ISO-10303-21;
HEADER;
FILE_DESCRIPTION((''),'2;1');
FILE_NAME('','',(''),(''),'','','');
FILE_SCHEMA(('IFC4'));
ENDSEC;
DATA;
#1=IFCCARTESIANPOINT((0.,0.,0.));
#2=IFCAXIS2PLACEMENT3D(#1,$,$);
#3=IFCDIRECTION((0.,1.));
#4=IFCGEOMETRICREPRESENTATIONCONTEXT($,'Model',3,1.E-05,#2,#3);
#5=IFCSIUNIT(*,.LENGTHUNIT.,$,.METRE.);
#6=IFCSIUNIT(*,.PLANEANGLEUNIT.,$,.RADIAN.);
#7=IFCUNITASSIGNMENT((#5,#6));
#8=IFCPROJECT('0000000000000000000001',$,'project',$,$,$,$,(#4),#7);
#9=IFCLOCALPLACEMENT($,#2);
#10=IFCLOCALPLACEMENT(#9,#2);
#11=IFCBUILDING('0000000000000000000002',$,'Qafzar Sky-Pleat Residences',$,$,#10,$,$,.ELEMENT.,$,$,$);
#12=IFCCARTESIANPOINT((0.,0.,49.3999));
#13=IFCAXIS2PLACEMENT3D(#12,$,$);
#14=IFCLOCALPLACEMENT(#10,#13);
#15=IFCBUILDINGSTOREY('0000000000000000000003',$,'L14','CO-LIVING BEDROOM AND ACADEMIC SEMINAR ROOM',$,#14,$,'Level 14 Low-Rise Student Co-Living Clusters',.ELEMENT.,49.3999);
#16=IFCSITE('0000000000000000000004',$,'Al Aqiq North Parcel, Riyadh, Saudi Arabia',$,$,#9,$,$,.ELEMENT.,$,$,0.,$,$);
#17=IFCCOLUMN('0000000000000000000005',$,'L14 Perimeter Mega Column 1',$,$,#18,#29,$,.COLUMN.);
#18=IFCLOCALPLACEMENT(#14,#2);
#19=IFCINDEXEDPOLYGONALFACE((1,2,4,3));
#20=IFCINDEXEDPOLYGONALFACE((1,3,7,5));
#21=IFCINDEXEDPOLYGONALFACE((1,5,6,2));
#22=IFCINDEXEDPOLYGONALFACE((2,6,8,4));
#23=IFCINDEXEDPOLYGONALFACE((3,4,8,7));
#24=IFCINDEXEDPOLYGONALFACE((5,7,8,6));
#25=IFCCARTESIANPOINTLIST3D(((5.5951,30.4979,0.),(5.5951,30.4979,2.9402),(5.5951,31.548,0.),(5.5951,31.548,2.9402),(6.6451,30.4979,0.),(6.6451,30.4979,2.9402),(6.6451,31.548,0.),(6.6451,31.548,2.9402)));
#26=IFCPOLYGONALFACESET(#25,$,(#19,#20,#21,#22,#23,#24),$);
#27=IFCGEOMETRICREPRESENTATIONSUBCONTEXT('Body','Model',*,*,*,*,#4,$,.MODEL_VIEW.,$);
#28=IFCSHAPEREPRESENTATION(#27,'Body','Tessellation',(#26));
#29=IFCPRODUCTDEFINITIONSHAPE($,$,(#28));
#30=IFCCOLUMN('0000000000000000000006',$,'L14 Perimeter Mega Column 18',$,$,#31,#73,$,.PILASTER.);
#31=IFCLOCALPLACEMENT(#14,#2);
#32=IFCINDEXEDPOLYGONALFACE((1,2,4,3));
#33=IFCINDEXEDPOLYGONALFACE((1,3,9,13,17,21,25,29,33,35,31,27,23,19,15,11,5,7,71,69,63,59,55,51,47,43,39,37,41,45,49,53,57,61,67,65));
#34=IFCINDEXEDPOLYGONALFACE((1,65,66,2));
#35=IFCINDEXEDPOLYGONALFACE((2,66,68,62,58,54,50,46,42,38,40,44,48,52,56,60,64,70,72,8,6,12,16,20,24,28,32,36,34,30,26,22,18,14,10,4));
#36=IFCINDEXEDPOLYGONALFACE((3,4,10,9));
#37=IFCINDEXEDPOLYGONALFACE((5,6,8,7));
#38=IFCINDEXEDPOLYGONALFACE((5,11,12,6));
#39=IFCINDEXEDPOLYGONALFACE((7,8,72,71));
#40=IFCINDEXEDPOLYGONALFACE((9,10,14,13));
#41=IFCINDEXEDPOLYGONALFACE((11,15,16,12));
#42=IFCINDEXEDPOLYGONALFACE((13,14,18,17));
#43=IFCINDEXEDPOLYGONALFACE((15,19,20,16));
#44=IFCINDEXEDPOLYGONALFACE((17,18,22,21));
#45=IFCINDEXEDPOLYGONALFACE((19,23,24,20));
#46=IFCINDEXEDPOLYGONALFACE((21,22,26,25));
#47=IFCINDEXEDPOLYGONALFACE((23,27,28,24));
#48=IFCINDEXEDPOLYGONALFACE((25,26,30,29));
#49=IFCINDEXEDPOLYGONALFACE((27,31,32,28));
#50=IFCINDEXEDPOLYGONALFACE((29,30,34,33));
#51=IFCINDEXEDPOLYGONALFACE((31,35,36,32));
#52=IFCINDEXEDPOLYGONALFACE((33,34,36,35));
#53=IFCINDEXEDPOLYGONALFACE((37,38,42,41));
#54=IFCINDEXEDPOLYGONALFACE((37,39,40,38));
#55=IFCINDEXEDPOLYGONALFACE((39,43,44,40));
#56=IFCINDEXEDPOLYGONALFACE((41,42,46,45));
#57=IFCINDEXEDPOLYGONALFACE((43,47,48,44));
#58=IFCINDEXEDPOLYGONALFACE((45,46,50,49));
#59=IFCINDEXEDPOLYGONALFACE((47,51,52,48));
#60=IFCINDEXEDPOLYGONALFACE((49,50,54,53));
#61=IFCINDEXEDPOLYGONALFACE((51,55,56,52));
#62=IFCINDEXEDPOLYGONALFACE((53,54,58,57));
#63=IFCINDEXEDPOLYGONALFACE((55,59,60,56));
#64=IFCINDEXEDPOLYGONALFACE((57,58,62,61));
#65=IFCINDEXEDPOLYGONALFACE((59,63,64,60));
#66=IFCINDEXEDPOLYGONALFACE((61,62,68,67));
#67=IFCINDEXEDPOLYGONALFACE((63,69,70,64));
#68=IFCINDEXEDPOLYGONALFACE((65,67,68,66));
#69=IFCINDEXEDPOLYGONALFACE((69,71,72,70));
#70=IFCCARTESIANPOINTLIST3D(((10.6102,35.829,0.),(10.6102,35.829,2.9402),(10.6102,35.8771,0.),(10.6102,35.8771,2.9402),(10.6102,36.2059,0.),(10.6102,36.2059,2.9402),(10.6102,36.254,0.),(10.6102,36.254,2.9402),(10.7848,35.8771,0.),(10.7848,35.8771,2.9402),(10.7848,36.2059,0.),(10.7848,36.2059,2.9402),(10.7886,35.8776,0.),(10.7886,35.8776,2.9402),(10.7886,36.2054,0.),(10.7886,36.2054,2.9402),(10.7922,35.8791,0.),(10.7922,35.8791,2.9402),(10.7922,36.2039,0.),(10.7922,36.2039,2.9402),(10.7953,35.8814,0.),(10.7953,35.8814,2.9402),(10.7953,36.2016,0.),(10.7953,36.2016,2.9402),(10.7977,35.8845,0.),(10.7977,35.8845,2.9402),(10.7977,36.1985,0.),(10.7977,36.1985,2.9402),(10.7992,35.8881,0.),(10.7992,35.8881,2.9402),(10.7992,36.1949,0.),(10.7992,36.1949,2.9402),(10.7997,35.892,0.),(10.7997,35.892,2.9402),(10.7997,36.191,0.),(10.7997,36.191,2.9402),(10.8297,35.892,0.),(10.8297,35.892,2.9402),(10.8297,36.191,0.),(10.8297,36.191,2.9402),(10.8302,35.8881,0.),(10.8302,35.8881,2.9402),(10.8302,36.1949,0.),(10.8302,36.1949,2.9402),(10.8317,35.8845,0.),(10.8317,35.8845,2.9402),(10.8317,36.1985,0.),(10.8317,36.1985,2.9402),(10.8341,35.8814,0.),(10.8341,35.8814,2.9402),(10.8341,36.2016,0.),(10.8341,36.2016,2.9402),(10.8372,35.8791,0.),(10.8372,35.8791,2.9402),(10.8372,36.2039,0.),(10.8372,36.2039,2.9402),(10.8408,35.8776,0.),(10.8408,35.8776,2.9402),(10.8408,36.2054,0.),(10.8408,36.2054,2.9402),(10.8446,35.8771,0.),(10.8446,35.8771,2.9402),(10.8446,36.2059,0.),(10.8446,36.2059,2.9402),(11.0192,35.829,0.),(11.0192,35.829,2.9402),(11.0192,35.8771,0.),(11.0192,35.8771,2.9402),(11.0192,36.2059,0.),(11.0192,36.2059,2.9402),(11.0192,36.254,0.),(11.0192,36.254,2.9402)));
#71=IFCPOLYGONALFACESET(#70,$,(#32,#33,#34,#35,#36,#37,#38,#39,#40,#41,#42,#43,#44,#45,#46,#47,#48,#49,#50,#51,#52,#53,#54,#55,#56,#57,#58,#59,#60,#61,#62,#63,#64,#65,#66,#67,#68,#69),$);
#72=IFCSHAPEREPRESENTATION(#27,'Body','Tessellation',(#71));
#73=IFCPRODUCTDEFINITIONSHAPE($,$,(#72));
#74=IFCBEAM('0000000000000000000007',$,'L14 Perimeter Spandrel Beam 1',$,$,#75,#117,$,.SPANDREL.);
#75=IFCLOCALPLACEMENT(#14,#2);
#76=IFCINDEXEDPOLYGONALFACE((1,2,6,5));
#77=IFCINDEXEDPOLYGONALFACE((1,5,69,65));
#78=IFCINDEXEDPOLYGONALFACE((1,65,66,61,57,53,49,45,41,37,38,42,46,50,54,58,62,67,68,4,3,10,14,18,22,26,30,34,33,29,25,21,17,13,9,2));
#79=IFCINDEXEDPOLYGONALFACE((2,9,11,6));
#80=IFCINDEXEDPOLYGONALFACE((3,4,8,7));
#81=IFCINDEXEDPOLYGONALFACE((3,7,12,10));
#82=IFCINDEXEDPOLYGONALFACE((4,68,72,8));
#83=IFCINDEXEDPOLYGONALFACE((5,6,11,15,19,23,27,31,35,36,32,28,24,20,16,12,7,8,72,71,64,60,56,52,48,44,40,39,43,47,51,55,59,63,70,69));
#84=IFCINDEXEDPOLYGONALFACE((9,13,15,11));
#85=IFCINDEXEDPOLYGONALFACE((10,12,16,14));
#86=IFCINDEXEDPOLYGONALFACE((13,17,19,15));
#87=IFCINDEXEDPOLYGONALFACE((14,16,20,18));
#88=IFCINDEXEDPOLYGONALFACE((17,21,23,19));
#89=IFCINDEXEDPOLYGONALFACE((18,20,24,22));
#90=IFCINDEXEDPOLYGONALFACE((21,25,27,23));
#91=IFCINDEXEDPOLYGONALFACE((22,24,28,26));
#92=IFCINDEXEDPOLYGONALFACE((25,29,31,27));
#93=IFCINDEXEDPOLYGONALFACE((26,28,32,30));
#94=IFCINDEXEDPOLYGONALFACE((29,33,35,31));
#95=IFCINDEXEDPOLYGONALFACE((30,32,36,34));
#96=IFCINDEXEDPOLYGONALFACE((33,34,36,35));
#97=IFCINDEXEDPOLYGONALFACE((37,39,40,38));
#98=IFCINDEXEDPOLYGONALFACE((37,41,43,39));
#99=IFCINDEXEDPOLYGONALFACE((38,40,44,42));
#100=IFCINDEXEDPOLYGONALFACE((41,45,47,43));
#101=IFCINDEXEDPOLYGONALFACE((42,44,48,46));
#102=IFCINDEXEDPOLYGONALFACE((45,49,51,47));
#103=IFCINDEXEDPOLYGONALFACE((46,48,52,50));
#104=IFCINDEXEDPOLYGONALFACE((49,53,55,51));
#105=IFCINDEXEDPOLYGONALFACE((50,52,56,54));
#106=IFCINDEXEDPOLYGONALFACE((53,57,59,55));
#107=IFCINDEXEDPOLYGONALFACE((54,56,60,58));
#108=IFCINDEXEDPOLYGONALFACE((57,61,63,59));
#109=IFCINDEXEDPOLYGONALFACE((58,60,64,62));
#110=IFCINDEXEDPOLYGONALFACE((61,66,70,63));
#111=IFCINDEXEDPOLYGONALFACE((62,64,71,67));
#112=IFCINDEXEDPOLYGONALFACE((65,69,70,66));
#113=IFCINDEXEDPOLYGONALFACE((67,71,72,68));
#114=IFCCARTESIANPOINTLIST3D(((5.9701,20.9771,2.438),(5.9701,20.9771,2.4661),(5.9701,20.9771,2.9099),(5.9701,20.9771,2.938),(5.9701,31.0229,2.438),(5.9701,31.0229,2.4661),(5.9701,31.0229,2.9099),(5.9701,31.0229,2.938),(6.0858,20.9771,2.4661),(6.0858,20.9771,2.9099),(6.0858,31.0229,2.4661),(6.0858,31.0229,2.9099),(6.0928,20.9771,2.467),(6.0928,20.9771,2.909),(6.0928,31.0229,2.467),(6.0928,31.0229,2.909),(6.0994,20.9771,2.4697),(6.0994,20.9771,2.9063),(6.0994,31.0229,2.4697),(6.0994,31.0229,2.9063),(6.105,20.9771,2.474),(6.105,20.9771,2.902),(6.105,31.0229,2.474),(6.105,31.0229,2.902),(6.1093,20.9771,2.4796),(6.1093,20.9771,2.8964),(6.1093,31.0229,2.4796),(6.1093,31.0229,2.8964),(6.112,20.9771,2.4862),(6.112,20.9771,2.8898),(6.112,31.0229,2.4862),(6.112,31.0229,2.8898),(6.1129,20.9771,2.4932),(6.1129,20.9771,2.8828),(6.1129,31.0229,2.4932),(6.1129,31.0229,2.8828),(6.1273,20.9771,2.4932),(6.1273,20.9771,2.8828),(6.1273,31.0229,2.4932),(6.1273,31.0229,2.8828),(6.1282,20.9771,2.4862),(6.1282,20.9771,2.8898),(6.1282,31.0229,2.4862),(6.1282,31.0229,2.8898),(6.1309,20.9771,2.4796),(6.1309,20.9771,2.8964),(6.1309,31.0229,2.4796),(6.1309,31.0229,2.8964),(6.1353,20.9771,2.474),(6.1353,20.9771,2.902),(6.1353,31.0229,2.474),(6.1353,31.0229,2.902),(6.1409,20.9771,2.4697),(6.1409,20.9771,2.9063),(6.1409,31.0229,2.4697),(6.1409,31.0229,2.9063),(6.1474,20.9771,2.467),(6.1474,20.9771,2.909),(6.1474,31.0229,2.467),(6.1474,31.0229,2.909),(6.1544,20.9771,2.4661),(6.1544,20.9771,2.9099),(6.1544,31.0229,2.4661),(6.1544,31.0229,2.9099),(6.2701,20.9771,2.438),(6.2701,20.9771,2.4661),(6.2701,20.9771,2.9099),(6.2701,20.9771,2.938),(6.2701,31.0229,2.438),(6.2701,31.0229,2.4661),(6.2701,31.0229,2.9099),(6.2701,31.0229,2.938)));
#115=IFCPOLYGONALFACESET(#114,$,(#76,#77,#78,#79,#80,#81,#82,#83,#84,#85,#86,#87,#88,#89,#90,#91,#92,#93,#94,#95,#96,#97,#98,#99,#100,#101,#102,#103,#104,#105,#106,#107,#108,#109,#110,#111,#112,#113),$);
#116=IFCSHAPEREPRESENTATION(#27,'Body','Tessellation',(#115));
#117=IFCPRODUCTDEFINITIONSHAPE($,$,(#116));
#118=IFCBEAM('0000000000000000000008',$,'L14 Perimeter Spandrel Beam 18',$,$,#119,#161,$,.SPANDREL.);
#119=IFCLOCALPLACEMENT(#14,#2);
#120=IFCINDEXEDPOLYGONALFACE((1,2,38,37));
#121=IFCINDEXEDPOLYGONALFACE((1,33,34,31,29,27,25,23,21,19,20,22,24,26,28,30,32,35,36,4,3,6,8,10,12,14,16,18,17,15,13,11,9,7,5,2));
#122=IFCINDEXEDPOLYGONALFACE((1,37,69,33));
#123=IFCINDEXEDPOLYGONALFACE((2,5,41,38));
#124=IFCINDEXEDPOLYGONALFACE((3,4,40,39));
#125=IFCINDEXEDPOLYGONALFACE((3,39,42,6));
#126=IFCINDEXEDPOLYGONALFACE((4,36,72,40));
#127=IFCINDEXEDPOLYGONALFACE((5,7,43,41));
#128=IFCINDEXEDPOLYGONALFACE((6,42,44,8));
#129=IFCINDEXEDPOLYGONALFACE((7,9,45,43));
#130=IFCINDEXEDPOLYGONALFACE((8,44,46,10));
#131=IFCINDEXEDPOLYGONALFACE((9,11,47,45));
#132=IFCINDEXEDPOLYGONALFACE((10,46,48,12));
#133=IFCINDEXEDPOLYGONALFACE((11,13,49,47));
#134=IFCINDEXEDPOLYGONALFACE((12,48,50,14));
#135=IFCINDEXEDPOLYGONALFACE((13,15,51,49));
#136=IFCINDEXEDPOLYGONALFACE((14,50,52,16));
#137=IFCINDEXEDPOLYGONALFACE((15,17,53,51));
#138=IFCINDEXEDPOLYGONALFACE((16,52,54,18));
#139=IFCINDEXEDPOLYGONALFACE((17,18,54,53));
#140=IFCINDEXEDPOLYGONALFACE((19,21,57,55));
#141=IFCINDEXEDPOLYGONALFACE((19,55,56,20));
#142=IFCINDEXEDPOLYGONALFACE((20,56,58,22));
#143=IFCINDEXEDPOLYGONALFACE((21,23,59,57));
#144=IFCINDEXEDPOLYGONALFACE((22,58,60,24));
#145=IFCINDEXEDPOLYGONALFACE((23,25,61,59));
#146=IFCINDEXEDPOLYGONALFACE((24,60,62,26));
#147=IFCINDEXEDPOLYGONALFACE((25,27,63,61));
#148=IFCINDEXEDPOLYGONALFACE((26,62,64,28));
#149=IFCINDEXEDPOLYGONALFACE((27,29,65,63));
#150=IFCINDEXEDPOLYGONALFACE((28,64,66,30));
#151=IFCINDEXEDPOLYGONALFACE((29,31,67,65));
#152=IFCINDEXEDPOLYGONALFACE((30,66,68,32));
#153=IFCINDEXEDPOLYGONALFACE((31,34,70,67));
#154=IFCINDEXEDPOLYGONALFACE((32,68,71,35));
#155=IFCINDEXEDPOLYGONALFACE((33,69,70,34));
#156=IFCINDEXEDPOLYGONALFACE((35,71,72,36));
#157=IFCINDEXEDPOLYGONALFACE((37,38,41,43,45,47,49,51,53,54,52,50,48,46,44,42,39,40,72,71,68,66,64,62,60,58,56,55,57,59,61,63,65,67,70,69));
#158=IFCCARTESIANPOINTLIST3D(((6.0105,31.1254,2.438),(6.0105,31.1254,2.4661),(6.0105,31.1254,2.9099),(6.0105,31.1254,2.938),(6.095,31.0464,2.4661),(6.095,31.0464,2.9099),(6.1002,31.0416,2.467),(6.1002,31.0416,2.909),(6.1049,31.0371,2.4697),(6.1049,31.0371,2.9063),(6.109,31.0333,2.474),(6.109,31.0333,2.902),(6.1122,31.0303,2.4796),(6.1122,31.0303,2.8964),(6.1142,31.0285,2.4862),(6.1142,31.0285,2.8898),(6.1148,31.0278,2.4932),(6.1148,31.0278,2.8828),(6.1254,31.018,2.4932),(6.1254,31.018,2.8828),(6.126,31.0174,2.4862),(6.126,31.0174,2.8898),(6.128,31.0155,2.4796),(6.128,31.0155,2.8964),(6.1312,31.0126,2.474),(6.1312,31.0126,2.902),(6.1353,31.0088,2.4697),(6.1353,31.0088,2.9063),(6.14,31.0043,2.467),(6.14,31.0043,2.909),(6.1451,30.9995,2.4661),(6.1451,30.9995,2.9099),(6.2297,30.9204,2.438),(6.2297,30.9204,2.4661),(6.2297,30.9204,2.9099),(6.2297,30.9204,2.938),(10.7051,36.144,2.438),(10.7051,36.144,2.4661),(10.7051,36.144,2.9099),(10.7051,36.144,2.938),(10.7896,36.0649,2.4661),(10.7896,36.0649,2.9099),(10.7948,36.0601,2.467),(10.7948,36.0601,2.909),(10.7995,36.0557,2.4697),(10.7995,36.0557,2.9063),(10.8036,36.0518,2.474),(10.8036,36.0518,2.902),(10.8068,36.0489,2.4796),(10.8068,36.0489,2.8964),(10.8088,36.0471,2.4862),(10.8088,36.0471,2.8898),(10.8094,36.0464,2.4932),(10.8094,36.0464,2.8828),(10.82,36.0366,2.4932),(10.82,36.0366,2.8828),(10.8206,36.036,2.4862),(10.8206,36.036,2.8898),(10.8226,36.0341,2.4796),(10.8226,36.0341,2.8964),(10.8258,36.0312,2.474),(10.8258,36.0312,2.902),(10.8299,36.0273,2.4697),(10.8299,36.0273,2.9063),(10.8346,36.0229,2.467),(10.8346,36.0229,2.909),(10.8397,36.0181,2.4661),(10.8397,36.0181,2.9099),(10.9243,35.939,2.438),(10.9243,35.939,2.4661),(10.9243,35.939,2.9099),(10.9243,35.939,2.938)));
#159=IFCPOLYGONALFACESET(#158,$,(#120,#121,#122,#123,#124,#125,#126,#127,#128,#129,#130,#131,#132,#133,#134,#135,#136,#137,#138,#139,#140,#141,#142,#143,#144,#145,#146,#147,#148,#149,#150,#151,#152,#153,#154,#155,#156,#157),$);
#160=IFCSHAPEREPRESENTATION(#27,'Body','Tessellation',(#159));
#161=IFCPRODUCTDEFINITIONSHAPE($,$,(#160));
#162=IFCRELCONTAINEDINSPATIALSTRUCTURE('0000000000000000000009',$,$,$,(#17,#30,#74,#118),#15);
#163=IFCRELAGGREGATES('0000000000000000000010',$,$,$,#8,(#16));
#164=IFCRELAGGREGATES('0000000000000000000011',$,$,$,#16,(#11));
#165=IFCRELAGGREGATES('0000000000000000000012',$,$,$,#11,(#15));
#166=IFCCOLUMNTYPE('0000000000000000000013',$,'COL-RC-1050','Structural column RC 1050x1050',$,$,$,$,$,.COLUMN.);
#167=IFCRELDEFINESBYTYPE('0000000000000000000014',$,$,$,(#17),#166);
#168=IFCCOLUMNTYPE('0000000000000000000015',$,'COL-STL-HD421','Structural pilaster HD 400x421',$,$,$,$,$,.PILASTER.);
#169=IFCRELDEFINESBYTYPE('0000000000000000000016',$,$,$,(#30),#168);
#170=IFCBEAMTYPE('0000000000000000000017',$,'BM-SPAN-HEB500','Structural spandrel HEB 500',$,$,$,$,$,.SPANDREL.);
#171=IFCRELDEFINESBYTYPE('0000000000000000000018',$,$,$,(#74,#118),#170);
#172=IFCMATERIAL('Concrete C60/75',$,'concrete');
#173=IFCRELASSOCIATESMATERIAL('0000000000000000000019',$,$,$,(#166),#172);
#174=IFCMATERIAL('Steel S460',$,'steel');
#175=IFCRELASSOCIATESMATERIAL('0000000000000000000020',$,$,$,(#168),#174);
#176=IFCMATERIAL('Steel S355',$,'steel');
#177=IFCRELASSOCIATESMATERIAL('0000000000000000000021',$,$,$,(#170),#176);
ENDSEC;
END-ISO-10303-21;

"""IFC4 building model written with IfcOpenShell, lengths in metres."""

from ifc_helpers import new_model, si_unit, direction, frame, origin, origin_2d, place, context, subcontext, project, spatial, rectangle, i_section, extrude, source, transform, mapped, material, material_profile, profile_set, type_object, element, save


model = new_model("IFC4")

# Units and contexts
model_context = context("Model", 3, precision=1e-05, world=origin(), true_north=direction((0.0, 1.0)))
body_context = subcontext(model_context, "Body", "Model", "MODEL_VIEW")
ifc_project = project(units=[si_unit("LENGTHUNIT", "METRE"), si_unit("PLANEANGLEUNIT", "RADIAN")], contexts=[model_context])

# Site, building, storey
site_placement = place(None, origin())
site = spatial("IfcSite", under=ifc_project, at=site_placement, Name="Al Aqiq North Parcel, Riyadh, Saudi Arabia", CompositionType="ELEMENT", RefElevation=0.0)
building_placement = place(site_placement, origin())
building = spatial("IfcBuilding", under=site, at=building_placement, Name="Qafzar Sky-Pleat Residences", CompositionType="ELEMENT")
storey_placement = place(building_placement, frame((0.0, 0.0, 49.3999)))
storey = spatial("IfcBuildingStorey", under=building, at=storey_placement, Name="L14", Description="CO-LIVING BEDROOM AND ACADEMIC SEMINAR ROOM", LongName="Level 14 Low-Rise Student Co-Living Clusters", CompositionType="ELEMENT", Elevation=49.3999)

# Columns
ifc_material_1 = material(Name="Concrete C60/75", Category="concrete")
ifc_material_profile_1 = material_profile(ifc_material_1, rectangle(XDim=1.05, YDim=1.05, at=origin_2d()), Name="RC 1050x1050")
ifc_profile_set_1 = profile_set([ifc_material_profile_1], Name="Concrete C60/75")
column_type_1 = type_object("IfcColumnType", Name="COL-RC-1050", Description="Structural column RC 1050x1050", PredefinedType="COLUMN", material=ifc_profile_set_1)
shared_shape_1 = source(origin(), body_context, "Body", "SweptSolid", [
    extrude(rectangle(XDim=1.05, YDim=1.05, at=origin_2d()), origin(), (0.0, 0.0, 1.0), 2.9402),
])
column_1_placement = place(storey_placement, frame((6.1201, 31.0229, 0.0), z_axis=(0.0, 0.0, 1.0), x_axis=(1.0, 0.0, 0.0)))
element("IfcColumn", 1, at=column_1_placement, inside=storey, type_object=column_type_1, Name="L14 Perimeter Mega Column 1", PredefinedType="COLUMN", context=body_context, shape_type="MappedRepresentation", body=[
    mapped(shared_shape_1, transform((0.0, 0.0, 0.0), x_axis=(1.0, 0.0, 0.0), y_axis=(0.0, 1.0, 0.0), z_axis=(0.0, 0.0, 1.0), scale=1.0)),
])
ifc_material_2 = material(Name="Steel S460", Category="steel")
ifc_material_profile_2 = material_profile(ifc_material_2, i_section(OverallWidth=0.4089, OverallDepth=0.425, WebThickness=0.03, FlangeThickness=0.0481, FilletRadius=0.0149, at=origin_2d()), Name="HD 400x421")
ifc_profile_set_2 = profile_set([ifc_material_profile_2], Name="Steel S460")
column_type_2 = type_object("IfcColumnType", Name="COL-STL-HD421", Description="Structural pilaster HD 400x421", PredefinedType="PILASTER", material=ifc_profile_set_2)
shared_shape_2 = source(origin(), body_context, "Body", "SweptSolid", [
    extrude(i_section(OverallWidth=0.4089, OverallDepth=0.425, WebThickness=0.03, FlangeThickness=0.0481, FilletRadius=0.0149, at=origin_2d()), origin(), (0.0, 0.0, 1.0), 2.9402),
])
column_2_placement = place(storey_placement, frame((10.8147, 36.0415, 0.0), z_axis=(0.0, 0.0, 1.0), x_axis=(1.0, 0.0, 0.0)))
element("IfcColumn", 2, at=column_2_placement, inside=storey, type_object=column_type_2, Name="L14 Perimeter Mega Column 18", PredefinedType="PILASTER", context=body_context, shape_type="MappedRepresentation", body=[
    mapped(shared_shape_2, transform((0.0, 0.0, 0.0), x_axis=(1.0, 0.0, 0.0), y_axis=(0.0, 1.0, 0.0), z_axis=(0.0, 0.0, 1.0), scale=1.0)),
])

# Beams
ifc_material_3 = material(Name="Steel S355", Category="steel")
ifc_material_profile_3 = material_profile(ifc_material_3, i_section(OverallWidth=0.3, OverallDepth=0.5, WebThickness=0.0144, FlangeThickness=0.0281, FilletRadius=0.0271, at=origin_2d()), Name="HEB 500")
ifc_profile_set_3 = profile_set([ifc_material_profile_3], Name="Steel S355")
beam_type_1 = type_object("IfcBeamType", Name="BM-SPAN-HEB500", Description="Structural spandrel HEB 500", PredefinedType="SPANDREL", material=ifc_profile_set_3)
shared_shape_3 = source(origin(), body_context, "Body", "SweptSolid", [
    extrude(i_section(OverallWidth=0.3, OverallDepth=0.5, WebThickness=0.0144, FlangeThickness=0.0281, FilletRadius=0.0271, at=origin_2d()), origin(), (0.0, 0.0, 1.0), 10.0459),
])
beam_1_placement = place(storey_placement, frame((6.1201, 31.0229, 2.688), z_axis=(0.0, -1.0, 0.0), x_axis=(1.0, 0.0, 0.0)))
element("IfcBeam", 3, at=beam_1_placement, inside=storey, type_object=beam_type_1, Name="L14 Perimeter Spandrel Beam 1", PredefinedType="SPANDREL", context=body_context, shape_type="MappedRepresentation", body=[
    mapped(shared_shape_3, transform((0.0, 0.0, 0.0), x_axis=(1.0, 0.0, 0.0), y_axis=(0.0, 1.0, 0.0), z_axis=(0.0, 0.0, 1.0), scale=1.0)),
])
shared_shape_4 = source(origin(), body_context, "Body", "SweptSolid", [
    extrude(i_section(OverallWidth=0.3, OverallDepth=0.5, WebThickness=0.0144, FlangeThickness=0.0281, FilletRadius=0.0271, at=origin_2d()), origin(), (0.0, 0.0, 1.0), 6.8721),
])
beam_2_placement = place(storey_placement, frame((10.8147, 36.0415, 2.688), z_axis=(-0.683142, -0.730286, 0.0), x_axis=(0.730286, -0.683142, 0.0)))
element("IfcBeam", 4, at=beam_2_placement, inside=storey, type_object=beam_type_1, Name="L14 Perimeter Spandrel Beam 18", PredefinedType="SPANDREL", context=body_context, shape_type="MappedRepresentation", body=[
    mapped(shared_shape_4, transform((0.0, 0.0, 0.0), x_axis=(1.0, 0.0, 0.0), y_axis=(0.0, 1.0, 0.0), z_axis=(0.0, 0.0, 1.0), scale=1.0)),
])

save(model, "model.ifc")
